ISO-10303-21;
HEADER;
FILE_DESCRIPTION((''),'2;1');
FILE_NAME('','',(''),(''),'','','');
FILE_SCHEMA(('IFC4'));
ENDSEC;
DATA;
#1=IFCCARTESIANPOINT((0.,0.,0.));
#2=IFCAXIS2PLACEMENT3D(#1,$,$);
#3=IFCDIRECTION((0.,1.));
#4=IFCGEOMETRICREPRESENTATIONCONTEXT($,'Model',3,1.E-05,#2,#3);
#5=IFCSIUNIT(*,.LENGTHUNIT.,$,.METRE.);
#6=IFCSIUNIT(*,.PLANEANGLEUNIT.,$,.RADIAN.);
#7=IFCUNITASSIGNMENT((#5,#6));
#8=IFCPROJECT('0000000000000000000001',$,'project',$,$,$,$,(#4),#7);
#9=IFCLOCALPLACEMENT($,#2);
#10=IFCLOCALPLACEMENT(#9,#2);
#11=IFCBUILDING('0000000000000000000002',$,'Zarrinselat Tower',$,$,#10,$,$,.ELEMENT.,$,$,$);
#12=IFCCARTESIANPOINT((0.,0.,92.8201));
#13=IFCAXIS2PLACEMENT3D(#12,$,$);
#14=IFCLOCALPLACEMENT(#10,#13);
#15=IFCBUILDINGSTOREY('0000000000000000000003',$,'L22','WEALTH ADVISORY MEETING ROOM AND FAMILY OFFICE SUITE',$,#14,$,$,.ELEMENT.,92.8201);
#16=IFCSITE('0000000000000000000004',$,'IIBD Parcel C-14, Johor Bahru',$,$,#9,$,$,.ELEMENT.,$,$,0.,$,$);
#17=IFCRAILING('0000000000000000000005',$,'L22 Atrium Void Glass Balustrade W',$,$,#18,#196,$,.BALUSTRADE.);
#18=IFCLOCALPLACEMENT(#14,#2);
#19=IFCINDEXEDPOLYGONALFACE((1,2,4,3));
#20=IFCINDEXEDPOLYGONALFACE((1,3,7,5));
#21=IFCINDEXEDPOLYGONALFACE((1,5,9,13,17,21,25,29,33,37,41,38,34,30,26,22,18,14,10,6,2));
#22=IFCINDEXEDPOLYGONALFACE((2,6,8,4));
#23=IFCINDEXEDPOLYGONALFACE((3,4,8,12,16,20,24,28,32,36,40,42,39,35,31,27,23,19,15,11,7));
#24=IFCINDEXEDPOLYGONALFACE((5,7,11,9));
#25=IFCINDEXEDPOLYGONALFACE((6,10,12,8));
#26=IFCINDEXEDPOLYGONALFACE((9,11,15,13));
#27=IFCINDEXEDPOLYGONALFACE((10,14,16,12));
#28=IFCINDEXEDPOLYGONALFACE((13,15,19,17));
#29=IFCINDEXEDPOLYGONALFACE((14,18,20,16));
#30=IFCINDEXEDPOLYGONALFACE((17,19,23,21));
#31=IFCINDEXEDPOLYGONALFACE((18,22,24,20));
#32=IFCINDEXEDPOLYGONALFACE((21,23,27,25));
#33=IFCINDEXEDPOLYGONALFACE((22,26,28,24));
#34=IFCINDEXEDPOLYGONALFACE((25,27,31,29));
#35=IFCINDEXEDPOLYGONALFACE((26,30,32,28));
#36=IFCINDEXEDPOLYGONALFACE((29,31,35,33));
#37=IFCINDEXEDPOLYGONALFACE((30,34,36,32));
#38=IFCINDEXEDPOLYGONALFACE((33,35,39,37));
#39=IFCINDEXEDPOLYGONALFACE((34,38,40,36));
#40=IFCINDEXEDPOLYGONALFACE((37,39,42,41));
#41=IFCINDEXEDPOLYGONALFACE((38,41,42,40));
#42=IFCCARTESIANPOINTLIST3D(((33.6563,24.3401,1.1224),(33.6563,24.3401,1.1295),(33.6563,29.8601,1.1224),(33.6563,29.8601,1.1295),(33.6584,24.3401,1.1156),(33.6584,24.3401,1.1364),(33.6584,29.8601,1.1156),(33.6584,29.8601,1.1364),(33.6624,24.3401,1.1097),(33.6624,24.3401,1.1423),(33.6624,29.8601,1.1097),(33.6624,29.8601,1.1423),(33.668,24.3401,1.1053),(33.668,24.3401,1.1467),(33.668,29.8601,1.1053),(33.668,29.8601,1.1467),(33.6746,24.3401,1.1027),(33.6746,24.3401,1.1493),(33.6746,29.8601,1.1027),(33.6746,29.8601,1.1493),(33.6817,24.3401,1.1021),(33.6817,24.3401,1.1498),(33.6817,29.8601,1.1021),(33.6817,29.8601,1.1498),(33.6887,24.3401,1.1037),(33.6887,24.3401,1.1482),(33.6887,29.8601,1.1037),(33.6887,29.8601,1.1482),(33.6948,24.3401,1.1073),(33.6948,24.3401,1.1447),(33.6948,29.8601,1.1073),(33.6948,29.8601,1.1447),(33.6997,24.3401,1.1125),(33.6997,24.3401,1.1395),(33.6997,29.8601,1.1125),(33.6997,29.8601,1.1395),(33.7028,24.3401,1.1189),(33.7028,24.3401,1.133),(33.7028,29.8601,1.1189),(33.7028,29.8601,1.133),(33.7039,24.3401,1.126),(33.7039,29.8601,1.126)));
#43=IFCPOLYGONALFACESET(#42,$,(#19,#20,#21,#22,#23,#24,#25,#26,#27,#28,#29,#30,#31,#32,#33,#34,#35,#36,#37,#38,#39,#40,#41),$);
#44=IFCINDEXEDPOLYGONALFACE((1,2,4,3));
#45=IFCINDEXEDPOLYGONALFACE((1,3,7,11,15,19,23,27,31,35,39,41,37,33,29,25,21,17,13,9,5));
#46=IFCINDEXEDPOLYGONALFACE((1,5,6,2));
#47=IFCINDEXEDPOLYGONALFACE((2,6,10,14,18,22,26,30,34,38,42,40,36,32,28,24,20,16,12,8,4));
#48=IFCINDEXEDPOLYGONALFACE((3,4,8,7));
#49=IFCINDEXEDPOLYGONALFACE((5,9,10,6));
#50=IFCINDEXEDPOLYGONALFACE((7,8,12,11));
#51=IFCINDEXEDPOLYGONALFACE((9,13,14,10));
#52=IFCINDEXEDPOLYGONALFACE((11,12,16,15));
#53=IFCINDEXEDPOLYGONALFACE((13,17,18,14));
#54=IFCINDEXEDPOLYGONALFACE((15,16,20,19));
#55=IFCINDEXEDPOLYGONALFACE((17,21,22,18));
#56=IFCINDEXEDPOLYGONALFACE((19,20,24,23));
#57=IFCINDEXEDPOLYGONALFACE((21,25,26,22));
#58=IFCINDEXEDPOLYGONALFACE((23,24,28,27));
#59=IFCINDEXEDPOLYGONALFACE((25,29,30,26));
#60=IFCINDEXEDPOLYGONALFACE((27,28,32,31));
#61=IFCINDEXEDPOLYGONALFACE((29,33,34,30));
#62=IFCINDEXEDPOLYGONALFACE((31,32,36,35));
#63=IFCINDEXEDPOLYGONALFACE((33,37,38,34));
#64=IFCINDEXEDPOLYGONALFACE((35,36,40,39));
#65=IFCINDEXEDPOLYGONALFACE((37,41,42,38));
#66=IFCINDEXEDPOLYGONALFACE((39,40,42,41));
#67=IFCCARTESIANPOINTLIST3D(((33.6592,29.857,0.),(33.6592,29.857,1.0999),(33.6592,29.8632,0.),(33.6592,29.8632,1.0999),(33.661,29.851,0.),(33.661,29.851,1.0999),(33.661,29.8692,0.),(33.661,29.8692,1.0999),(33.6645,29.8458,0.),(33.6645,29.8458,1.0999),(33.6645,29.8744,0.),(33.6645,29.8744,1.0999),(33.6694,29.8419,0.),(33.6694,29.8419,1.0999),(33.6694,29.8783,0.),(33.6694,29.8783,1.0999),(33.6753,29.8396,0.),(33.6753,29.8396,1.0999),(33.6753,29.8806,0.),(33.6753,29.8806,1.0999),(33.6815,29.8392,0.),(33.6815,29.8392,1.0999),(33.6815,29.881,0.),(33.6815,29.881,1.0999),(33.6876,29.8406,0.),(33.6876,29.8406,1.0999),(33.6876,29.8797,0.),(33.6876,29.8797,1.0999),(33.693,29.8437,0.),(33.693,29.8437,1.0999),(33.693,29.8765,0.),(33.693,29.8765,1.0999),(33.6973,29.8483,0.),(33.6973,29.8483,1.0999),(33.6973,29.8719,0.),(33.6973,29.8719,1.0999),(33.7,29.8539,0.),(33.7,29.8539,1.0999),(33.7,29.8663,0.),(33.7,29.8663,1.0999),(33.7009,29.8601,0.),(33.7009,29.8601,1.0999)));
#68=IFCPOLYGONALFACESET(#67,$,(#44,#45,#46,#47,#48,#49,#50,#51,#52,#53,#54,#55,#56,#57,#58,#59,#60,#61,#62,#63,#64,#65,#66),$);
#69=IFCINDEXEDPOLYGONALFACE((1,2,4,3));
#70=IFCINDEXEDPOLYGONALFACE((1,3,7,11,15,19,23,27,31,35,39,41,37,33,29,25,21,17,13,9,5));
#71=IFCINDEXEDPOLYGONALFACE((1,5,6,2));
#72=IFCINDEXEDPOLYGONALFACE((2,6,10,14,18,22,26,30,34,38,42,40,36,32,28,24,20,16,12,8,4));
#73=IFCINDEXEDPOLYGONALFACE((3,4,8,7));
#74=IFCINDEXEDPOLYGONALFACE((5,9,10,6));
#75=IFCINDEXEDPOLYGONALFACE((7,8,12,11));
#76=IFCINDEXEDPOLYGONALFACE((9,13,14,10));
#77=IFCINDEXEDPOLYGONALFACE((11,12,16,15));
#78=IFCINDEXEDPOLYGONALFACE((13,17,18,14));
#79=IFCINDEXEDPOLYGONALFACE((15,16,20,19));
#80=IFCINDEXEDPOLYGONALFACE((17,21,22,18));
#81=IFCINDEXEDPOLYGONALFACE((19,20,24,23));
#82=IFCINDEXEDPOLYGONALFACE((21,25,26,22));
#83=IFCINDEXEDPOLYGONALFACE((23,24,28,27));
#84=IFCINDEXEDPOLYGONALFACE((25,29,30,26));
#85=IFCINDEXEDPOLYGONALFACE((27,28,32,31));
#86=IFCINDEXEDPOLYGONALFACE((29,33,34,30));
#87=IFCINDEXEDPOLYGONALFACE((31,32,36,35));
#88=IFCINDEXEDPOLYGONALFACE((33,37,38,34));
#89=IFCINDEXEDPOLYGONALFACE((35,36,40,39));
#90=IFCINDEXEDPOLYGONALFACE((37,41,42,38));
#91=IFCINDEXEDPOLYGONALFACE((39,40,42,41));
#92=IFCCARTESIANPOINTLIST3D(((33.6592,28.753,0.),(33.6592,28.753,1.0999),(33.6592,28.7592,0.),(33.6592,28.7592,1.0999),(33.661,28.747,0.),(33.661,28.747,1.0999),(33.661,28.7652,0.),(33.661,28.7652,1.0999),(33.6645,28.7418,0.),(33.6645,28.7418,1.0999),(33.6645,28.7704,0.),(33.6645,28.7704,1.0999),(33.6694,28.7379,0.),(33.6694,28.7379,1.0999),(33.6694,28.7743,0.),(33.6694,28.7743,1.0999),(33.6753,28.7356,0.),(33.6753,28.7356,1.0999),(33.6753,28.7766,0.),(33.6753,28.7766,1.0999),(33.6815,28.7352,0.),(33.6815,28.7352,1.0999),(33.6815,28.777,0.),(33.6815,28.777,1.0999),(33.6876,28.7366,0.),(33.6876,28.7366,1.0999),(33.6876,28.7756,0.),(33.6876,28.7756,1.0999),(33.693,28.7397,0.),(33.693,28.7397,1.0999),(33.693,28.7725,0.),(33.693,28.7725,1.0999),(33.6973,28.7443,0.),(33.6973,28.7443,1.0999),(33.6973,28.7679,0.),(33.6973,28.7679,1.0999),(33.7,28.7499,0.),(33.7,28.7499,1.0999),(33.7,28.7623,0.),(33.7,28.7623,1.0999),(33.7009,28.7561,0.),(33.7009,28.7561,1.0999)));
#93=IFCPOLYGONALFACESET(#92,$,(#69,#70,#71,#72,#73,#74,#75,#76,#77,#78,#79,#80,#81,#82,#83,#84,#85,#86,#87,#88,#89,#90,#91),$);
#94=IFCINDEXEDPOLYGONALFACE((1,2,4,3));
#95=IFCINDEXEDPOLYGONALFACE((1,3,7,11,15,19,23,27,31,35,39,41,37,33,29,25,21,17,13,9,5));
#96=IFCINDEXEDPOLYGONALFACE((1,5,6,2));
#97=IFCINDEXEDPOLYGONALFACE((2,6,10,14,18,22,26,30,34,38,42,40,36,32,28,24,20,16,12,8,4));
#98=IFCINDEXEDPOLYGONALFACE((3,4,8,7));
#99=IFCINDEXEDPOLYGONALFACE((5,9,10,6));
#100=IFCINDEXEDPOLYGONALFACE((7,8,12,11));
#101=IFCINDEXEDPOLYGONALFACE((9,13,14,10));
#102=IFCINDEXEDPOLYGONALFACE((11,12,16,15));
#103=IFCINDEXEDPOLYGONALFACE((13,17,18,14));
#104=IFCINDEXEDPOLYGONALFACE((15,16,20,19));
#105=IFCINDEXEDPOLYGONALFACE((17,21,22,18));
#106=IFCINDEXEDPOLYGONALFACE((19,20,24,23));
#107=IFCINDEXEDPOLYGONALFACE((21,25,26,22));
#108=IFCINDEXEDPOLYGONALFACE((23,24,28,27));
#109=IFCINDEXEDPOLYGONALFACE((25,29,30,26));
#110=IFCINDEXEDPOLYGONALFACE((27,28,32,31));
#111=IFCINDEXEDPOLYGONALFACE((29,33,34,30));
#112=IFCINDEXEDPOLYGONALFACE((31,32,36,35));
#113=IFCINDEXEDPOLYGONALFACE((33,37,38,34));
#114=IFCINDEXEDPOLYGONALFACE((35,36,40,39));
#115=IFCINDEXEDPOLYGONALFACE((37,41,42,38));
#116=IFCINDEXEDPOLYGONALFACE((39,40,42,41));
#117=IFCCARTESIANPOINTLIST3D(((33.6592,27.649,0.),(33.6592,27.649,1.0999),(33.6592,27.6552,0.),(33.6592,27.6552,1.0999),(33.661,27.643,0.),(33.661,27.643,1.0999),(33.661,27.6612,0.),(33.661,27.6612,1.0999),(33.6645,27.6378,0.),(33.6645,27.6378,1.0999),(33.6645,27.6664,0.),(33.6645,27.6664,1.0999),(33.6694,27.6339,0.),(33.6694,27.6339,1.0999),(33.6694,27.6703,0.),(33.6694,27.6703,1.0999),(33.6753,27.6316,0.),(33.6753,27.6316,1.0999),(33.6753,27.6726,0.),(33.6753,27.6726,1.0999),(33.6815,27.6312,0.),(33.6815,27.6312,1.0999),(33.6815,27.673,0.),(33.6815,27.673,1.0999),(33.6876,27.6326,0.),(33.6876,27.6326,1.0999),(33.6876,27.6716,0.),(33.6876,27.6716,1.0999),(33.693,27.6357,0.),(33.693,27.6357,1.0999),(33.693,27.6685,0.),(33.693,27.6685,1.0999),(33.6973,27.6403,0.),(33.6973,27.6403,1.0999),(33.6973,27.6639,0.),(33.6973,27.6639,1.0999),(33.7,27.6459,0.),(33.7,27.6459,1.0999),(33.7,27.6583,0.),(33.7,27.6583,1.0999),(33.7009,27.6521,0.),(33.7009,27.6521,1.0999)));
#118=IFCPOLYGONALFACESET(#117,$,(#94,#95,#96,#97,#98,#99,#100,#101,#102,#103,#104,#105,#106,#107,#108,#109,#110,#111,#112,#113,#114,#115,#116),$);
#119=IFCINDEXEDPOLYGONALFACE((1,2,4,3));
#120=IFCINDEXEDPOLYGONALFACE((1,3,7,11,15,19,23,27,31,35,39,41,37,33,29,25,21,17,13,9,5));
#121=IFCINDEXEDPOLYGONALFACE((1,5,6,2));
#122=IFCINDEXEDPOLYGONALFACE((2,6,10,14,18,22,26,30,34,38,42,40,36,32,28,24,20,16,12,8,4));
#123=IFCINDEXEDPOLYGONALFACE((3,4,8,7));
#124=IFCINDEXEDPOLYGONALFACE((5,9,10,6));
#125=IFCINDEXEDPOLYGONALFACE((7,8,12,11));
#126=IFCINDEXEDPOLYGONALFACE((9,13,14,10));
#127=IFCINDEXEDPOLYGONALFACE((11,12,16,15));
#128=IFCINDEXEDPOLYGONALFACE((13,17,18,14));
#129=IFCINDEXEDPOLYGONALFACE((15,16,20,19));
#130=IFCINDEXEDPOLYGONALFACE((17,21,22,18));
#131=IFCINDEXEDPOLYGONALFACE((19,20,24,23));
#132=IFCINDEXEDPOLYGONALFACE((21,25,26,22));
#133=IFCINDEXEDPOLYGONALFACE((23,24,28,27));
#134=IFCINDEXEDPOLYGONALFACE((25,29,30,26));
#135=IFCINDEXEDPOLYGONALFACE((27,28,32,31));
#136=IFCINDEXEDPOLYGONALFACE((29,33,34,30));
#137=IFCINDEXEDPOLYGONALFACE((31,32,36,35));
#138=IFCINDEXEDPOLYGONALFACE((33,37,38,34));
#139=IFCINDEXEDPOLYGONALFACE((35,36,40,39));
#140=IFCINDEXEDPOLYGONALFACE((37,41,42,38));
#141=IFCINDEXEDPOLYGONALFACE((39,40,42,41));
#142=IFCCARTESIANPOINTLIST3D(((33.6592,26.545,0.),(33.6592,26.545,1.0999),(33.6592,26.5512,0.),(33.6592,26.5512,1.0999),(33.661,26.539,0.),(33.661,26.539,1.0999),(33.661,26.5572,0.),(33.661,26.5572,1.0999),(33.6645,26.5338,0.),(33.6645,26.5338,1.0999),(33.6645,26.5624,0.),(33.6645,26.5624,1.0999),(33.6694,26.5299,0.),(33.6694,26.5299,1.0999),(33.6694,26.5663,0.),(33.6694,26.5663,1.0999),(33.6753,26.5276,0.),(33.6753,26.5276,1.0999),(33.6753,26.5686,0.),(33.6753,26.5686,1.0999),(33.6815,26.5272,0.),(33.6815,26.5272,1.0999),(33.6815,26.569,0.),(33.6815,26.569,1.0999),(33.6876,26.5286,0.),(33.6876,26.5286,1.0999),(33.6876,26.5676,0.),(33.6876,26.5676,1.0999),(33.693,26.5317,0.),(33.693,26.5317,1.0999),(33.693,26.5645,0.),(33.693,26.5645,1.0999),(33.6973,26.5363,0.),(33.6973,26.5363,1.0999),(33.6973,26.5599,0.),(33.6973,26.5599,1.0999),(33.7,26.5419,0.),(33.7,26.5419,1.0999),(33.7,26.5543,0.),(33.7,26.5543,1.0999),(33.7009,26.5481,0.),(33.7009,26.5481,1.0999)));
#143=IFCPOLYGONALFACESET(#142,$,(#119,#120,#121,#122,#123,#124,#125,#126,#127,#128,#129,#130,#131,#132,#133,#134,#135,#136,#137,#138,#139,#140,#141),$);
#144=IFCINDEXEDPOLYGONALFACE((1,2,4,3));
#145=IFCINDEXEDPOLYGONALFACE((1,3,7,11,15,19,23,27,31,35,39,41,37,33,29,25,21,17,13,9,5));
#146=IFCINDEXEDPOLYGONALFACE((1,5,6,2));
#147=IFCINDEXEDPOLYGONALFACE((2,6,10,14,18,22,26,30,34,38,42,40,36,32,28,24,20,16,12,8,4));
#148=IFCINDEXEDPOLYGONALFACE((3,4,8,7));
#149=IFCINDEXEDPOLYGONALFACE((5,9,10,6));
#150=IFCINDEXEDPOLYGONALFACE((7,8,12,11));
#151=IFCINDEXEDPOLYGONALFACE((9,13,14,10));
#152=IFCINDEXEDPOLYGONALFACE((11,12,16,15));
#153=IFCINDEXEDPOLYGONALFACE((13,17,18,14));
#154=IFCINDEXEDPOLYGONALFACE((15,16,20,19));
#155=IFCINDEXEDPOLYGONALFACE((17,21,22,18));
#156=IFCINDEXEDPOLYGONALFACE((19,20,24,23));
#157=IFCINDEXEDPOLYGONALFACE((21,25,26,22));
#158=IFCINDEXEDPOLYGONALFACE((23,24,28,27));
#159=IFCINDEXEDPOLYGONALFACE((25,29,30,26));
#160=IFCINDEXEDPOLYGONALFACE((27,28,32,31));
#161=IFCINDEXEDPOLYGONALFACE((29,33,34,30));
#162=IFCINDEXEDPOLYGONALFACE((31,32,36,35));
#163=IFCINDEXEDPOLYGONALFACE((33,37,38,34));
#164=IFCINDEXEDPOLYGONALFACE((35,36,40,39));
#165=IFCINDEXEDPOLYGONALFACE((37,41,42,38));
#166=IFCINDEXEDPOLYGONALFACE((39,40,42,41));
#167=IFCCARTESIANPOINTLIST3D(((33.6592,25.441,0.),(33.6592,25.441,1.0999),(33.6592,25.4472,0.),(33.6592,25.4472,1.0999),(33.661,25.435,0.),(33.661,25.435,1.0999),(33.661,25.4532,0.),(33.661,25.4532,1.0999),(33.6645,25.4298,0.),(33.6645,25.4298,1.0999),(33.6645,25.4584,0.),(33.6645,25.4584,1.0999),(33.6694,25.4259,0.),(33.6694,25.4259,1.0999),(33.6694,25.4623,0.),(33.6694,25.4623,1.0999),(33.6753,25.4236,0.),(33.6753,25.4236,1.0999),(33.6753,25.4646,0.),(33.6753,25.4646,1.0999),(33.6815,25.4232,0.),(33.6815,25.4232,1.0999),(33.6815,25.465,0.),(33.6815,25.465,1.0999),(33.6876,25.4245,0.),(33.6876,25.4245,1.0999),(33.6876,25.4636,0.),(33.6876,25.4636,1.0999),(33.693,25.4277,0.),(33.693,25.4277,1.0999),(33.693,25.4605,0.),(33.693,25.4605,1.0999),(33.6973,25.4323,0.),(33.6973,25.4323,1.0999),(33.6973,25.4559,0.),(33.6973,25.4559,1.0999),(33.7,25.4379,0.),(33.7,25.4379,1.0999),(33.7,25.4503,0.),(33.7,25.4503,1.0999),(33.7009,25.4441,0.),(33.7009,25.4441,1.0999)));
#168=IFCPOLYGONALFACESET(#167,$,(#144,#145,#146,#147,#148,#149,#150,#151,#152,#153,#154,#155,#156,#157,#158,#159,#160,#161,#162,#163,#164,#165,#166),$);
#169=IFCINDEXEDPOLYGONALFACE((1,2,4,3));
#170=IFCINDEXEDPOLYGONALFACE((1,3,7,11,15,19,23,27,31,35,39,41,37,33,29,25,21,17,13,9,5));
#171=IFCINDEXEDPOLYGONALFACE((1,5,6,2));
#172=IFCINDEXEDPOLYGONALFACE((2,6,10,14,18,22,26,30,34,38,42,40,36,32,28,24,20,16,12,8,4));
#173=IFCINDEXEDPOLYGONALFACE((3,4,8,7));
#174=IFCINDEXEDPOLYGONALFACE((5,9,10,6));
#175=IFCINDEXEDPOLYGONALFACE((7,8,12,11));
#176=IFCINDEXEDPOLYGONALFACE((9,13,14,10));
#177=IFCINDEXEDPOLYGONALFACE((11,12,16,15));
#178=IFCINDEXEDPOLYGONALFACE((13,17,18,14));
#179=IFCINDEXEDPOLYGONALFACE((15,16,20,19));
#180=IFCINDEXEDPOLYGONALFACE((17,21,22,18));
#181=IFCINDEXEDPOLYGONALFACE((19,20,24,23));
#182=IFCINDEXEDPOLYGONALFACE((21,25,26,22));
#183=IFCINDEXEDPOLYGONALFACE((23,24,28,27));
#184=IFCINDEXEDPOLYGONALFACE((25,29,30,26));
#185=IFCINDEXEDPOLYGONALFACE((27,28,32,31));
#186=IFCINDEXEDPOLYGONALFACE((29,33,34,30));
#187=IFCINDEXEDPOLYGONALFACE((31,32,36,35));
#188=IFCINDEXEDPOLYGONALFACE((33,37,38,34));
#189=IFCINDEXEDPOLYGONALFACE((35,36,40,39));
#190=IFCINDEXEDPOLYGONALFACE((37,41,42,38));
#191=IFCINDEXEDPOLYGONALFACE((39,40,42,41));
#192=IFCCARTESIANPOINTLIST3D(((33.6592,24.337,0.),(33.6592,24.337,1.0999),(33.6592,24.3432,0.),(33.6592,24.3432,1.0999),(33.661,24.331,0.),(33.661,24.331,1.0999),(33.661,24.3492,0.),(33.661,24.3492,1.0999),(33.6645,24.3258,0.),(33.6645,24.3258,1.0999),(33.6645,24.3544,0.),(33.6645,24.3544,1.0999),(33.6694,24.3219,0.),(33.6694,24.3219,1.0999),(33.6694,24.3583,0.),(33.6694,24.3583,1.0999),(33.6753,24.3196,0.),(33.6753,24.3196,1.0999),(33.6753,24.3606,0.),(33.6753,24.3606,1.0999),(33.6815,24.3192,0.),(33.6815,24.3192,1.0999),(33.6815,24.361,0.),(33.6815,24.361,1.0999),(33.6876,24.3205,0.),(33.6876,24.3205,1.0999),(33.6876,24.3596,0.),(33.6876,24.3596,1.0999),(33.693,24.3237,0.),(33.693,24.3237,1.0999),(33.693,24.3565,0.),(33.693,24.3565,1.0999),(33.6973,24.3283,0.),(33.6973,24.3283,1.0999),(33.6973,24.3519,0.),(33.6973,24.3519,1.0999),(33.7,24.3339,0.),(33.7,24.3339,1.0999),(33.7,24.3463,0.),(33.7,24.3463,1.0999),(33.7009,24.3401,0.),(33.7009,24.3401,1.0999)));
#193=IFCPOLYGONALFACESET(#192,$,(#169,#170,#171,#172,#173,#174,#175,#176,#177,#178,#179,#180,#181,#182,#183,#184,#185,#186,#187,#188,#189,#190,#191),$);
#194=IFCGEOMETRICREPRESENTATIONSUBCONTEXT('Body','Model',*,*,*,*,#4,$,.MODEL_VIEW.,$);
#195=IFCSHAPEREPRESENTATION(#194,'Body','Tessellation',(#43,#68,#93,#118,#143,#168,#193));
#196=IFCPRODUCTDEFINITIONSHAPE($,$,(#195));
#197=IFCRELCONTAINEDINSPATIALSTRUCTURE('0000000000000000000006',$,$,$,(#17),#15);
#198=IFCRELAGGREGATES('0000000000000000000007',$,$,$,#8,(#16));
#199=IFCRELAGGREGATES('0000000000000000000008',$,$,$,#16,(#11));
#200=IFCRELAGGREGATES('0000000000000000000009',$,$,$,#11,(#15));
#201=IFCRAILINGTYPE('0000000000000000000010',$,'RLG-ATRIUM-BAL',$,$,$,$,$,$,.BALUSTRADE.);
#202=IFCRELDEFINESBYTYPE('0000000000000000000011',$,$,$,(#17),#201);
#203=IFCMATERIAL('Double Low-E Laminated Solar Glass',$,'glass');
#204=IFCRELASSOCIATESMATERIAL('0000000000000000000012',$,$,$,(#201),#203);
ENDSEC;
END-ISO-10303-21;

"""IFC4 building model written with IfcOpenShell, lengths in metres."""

from ifc_helpers import new_model, si_unit, direction, frame, origin, origin_2d, place, context, subcontext, project, spatial, circle, extrude, material, type_object, element, save


model = new_model("IFC4")

# Units and contexts
model_context = context("Model", 3, precision=1e-05, world=origin(), true_north=direction((0.0, 1.0)))
body_context = subcontext(model_context, "Body", "Model", "MODEL_VIEW")
ifc_project = project(units=[si_unit("LENGTHUNIT", "METRE"), si_unit("PLANEANGLEUNIT", "RADIAN")], contexts=[model_context])

# Site, building, storey
site_placement = place(None, origin())
site = spatial("IfcSite", under=ifc_project, at=site_placement, Name="IIBD Parcel C-14, Johor Bahru", CompositionType="ELEMENT", RefElevation=0.0)
building_placement = place(site_placement, origin())
building = spatial("IfcBuilding", under=site, at=building_placement, Name="Zarrinselat Tower", CompositionType="ELEMENT")
storey_placement = place(building_placement, frame((0.0, 0.0, 92.8201)))
storey = spatial("IfcBuildingStorey", under=building, at=storey_placement, Name="L22", Description="WEALTH ADVISORY MEETING ROOM AND FAMILY OFFICE SUITE", CompositionType="ELEMENT", Elevation=92.8201)

# Railing
ifc_material_1 = material(Name="Double Low-E Laminated Solar Glass", Category="glass")
railing_type_1 = type_object("IfcRailingType", Name="RLG-ATRIUM-BAL", PredefinedType="BALUSTRADE", material=ifc_material_1)
railing_1_placement = place(storey_placement, frame((33.6799, 29.8601, 0.0)))
element("IfcRailing", 1, at=railing_1_placement, inside=storey, type_object=railing_type_1, Name="L22 Atrium Void Glass Balustrade W", PredefinedType="BALUSTRADE", context=body_context, shape_type="SweptSolid", body=[
    extrude(circle(Radius=0.0239, at=origin_2d()), frame((0.0, 0.0, 1.126), z_axis=(0.0, -1.0, 0.0), x_axis=(1.0, 0.0, 0.0)), (0.0, 0.0, 1.0), 5.52),
    extrude(circle(Radius=0.021, at=origin_2d()), origin(), (0.0, 0.0, 1.0), 1.0999),
    extrude(circle(Radius=0.021, at=origin_2d()), frame((0.0, -1.104, 0.0)), (0.0, 0.0, 1.0), 1.0999),
    extrude(circle(Radius=0.021, at=origin_2d()), frame((0.0, -2.208, 0.0)), (0.0, 0.0, 1.0), 1.0999),
    extrude(circle(Radius=0.021, at=origin_2d()), frame((0.0, -3.312, 0.0)), (0.0, 0.0, 1.0), 1.0999),
    extrude(circle(Radius=0.021, at=origin_2d()), frame((0.0, -4.416, 0.0)), (0.0, 0.0, 1.0), 1.0999),
    extrude(circle(Radius=0.021, at=origin_2d()), frame((0.0, -5.52, 0.0)), (0.0, 0.0, 1.0), 1.0999),
])

save(model, "model.ifc")
